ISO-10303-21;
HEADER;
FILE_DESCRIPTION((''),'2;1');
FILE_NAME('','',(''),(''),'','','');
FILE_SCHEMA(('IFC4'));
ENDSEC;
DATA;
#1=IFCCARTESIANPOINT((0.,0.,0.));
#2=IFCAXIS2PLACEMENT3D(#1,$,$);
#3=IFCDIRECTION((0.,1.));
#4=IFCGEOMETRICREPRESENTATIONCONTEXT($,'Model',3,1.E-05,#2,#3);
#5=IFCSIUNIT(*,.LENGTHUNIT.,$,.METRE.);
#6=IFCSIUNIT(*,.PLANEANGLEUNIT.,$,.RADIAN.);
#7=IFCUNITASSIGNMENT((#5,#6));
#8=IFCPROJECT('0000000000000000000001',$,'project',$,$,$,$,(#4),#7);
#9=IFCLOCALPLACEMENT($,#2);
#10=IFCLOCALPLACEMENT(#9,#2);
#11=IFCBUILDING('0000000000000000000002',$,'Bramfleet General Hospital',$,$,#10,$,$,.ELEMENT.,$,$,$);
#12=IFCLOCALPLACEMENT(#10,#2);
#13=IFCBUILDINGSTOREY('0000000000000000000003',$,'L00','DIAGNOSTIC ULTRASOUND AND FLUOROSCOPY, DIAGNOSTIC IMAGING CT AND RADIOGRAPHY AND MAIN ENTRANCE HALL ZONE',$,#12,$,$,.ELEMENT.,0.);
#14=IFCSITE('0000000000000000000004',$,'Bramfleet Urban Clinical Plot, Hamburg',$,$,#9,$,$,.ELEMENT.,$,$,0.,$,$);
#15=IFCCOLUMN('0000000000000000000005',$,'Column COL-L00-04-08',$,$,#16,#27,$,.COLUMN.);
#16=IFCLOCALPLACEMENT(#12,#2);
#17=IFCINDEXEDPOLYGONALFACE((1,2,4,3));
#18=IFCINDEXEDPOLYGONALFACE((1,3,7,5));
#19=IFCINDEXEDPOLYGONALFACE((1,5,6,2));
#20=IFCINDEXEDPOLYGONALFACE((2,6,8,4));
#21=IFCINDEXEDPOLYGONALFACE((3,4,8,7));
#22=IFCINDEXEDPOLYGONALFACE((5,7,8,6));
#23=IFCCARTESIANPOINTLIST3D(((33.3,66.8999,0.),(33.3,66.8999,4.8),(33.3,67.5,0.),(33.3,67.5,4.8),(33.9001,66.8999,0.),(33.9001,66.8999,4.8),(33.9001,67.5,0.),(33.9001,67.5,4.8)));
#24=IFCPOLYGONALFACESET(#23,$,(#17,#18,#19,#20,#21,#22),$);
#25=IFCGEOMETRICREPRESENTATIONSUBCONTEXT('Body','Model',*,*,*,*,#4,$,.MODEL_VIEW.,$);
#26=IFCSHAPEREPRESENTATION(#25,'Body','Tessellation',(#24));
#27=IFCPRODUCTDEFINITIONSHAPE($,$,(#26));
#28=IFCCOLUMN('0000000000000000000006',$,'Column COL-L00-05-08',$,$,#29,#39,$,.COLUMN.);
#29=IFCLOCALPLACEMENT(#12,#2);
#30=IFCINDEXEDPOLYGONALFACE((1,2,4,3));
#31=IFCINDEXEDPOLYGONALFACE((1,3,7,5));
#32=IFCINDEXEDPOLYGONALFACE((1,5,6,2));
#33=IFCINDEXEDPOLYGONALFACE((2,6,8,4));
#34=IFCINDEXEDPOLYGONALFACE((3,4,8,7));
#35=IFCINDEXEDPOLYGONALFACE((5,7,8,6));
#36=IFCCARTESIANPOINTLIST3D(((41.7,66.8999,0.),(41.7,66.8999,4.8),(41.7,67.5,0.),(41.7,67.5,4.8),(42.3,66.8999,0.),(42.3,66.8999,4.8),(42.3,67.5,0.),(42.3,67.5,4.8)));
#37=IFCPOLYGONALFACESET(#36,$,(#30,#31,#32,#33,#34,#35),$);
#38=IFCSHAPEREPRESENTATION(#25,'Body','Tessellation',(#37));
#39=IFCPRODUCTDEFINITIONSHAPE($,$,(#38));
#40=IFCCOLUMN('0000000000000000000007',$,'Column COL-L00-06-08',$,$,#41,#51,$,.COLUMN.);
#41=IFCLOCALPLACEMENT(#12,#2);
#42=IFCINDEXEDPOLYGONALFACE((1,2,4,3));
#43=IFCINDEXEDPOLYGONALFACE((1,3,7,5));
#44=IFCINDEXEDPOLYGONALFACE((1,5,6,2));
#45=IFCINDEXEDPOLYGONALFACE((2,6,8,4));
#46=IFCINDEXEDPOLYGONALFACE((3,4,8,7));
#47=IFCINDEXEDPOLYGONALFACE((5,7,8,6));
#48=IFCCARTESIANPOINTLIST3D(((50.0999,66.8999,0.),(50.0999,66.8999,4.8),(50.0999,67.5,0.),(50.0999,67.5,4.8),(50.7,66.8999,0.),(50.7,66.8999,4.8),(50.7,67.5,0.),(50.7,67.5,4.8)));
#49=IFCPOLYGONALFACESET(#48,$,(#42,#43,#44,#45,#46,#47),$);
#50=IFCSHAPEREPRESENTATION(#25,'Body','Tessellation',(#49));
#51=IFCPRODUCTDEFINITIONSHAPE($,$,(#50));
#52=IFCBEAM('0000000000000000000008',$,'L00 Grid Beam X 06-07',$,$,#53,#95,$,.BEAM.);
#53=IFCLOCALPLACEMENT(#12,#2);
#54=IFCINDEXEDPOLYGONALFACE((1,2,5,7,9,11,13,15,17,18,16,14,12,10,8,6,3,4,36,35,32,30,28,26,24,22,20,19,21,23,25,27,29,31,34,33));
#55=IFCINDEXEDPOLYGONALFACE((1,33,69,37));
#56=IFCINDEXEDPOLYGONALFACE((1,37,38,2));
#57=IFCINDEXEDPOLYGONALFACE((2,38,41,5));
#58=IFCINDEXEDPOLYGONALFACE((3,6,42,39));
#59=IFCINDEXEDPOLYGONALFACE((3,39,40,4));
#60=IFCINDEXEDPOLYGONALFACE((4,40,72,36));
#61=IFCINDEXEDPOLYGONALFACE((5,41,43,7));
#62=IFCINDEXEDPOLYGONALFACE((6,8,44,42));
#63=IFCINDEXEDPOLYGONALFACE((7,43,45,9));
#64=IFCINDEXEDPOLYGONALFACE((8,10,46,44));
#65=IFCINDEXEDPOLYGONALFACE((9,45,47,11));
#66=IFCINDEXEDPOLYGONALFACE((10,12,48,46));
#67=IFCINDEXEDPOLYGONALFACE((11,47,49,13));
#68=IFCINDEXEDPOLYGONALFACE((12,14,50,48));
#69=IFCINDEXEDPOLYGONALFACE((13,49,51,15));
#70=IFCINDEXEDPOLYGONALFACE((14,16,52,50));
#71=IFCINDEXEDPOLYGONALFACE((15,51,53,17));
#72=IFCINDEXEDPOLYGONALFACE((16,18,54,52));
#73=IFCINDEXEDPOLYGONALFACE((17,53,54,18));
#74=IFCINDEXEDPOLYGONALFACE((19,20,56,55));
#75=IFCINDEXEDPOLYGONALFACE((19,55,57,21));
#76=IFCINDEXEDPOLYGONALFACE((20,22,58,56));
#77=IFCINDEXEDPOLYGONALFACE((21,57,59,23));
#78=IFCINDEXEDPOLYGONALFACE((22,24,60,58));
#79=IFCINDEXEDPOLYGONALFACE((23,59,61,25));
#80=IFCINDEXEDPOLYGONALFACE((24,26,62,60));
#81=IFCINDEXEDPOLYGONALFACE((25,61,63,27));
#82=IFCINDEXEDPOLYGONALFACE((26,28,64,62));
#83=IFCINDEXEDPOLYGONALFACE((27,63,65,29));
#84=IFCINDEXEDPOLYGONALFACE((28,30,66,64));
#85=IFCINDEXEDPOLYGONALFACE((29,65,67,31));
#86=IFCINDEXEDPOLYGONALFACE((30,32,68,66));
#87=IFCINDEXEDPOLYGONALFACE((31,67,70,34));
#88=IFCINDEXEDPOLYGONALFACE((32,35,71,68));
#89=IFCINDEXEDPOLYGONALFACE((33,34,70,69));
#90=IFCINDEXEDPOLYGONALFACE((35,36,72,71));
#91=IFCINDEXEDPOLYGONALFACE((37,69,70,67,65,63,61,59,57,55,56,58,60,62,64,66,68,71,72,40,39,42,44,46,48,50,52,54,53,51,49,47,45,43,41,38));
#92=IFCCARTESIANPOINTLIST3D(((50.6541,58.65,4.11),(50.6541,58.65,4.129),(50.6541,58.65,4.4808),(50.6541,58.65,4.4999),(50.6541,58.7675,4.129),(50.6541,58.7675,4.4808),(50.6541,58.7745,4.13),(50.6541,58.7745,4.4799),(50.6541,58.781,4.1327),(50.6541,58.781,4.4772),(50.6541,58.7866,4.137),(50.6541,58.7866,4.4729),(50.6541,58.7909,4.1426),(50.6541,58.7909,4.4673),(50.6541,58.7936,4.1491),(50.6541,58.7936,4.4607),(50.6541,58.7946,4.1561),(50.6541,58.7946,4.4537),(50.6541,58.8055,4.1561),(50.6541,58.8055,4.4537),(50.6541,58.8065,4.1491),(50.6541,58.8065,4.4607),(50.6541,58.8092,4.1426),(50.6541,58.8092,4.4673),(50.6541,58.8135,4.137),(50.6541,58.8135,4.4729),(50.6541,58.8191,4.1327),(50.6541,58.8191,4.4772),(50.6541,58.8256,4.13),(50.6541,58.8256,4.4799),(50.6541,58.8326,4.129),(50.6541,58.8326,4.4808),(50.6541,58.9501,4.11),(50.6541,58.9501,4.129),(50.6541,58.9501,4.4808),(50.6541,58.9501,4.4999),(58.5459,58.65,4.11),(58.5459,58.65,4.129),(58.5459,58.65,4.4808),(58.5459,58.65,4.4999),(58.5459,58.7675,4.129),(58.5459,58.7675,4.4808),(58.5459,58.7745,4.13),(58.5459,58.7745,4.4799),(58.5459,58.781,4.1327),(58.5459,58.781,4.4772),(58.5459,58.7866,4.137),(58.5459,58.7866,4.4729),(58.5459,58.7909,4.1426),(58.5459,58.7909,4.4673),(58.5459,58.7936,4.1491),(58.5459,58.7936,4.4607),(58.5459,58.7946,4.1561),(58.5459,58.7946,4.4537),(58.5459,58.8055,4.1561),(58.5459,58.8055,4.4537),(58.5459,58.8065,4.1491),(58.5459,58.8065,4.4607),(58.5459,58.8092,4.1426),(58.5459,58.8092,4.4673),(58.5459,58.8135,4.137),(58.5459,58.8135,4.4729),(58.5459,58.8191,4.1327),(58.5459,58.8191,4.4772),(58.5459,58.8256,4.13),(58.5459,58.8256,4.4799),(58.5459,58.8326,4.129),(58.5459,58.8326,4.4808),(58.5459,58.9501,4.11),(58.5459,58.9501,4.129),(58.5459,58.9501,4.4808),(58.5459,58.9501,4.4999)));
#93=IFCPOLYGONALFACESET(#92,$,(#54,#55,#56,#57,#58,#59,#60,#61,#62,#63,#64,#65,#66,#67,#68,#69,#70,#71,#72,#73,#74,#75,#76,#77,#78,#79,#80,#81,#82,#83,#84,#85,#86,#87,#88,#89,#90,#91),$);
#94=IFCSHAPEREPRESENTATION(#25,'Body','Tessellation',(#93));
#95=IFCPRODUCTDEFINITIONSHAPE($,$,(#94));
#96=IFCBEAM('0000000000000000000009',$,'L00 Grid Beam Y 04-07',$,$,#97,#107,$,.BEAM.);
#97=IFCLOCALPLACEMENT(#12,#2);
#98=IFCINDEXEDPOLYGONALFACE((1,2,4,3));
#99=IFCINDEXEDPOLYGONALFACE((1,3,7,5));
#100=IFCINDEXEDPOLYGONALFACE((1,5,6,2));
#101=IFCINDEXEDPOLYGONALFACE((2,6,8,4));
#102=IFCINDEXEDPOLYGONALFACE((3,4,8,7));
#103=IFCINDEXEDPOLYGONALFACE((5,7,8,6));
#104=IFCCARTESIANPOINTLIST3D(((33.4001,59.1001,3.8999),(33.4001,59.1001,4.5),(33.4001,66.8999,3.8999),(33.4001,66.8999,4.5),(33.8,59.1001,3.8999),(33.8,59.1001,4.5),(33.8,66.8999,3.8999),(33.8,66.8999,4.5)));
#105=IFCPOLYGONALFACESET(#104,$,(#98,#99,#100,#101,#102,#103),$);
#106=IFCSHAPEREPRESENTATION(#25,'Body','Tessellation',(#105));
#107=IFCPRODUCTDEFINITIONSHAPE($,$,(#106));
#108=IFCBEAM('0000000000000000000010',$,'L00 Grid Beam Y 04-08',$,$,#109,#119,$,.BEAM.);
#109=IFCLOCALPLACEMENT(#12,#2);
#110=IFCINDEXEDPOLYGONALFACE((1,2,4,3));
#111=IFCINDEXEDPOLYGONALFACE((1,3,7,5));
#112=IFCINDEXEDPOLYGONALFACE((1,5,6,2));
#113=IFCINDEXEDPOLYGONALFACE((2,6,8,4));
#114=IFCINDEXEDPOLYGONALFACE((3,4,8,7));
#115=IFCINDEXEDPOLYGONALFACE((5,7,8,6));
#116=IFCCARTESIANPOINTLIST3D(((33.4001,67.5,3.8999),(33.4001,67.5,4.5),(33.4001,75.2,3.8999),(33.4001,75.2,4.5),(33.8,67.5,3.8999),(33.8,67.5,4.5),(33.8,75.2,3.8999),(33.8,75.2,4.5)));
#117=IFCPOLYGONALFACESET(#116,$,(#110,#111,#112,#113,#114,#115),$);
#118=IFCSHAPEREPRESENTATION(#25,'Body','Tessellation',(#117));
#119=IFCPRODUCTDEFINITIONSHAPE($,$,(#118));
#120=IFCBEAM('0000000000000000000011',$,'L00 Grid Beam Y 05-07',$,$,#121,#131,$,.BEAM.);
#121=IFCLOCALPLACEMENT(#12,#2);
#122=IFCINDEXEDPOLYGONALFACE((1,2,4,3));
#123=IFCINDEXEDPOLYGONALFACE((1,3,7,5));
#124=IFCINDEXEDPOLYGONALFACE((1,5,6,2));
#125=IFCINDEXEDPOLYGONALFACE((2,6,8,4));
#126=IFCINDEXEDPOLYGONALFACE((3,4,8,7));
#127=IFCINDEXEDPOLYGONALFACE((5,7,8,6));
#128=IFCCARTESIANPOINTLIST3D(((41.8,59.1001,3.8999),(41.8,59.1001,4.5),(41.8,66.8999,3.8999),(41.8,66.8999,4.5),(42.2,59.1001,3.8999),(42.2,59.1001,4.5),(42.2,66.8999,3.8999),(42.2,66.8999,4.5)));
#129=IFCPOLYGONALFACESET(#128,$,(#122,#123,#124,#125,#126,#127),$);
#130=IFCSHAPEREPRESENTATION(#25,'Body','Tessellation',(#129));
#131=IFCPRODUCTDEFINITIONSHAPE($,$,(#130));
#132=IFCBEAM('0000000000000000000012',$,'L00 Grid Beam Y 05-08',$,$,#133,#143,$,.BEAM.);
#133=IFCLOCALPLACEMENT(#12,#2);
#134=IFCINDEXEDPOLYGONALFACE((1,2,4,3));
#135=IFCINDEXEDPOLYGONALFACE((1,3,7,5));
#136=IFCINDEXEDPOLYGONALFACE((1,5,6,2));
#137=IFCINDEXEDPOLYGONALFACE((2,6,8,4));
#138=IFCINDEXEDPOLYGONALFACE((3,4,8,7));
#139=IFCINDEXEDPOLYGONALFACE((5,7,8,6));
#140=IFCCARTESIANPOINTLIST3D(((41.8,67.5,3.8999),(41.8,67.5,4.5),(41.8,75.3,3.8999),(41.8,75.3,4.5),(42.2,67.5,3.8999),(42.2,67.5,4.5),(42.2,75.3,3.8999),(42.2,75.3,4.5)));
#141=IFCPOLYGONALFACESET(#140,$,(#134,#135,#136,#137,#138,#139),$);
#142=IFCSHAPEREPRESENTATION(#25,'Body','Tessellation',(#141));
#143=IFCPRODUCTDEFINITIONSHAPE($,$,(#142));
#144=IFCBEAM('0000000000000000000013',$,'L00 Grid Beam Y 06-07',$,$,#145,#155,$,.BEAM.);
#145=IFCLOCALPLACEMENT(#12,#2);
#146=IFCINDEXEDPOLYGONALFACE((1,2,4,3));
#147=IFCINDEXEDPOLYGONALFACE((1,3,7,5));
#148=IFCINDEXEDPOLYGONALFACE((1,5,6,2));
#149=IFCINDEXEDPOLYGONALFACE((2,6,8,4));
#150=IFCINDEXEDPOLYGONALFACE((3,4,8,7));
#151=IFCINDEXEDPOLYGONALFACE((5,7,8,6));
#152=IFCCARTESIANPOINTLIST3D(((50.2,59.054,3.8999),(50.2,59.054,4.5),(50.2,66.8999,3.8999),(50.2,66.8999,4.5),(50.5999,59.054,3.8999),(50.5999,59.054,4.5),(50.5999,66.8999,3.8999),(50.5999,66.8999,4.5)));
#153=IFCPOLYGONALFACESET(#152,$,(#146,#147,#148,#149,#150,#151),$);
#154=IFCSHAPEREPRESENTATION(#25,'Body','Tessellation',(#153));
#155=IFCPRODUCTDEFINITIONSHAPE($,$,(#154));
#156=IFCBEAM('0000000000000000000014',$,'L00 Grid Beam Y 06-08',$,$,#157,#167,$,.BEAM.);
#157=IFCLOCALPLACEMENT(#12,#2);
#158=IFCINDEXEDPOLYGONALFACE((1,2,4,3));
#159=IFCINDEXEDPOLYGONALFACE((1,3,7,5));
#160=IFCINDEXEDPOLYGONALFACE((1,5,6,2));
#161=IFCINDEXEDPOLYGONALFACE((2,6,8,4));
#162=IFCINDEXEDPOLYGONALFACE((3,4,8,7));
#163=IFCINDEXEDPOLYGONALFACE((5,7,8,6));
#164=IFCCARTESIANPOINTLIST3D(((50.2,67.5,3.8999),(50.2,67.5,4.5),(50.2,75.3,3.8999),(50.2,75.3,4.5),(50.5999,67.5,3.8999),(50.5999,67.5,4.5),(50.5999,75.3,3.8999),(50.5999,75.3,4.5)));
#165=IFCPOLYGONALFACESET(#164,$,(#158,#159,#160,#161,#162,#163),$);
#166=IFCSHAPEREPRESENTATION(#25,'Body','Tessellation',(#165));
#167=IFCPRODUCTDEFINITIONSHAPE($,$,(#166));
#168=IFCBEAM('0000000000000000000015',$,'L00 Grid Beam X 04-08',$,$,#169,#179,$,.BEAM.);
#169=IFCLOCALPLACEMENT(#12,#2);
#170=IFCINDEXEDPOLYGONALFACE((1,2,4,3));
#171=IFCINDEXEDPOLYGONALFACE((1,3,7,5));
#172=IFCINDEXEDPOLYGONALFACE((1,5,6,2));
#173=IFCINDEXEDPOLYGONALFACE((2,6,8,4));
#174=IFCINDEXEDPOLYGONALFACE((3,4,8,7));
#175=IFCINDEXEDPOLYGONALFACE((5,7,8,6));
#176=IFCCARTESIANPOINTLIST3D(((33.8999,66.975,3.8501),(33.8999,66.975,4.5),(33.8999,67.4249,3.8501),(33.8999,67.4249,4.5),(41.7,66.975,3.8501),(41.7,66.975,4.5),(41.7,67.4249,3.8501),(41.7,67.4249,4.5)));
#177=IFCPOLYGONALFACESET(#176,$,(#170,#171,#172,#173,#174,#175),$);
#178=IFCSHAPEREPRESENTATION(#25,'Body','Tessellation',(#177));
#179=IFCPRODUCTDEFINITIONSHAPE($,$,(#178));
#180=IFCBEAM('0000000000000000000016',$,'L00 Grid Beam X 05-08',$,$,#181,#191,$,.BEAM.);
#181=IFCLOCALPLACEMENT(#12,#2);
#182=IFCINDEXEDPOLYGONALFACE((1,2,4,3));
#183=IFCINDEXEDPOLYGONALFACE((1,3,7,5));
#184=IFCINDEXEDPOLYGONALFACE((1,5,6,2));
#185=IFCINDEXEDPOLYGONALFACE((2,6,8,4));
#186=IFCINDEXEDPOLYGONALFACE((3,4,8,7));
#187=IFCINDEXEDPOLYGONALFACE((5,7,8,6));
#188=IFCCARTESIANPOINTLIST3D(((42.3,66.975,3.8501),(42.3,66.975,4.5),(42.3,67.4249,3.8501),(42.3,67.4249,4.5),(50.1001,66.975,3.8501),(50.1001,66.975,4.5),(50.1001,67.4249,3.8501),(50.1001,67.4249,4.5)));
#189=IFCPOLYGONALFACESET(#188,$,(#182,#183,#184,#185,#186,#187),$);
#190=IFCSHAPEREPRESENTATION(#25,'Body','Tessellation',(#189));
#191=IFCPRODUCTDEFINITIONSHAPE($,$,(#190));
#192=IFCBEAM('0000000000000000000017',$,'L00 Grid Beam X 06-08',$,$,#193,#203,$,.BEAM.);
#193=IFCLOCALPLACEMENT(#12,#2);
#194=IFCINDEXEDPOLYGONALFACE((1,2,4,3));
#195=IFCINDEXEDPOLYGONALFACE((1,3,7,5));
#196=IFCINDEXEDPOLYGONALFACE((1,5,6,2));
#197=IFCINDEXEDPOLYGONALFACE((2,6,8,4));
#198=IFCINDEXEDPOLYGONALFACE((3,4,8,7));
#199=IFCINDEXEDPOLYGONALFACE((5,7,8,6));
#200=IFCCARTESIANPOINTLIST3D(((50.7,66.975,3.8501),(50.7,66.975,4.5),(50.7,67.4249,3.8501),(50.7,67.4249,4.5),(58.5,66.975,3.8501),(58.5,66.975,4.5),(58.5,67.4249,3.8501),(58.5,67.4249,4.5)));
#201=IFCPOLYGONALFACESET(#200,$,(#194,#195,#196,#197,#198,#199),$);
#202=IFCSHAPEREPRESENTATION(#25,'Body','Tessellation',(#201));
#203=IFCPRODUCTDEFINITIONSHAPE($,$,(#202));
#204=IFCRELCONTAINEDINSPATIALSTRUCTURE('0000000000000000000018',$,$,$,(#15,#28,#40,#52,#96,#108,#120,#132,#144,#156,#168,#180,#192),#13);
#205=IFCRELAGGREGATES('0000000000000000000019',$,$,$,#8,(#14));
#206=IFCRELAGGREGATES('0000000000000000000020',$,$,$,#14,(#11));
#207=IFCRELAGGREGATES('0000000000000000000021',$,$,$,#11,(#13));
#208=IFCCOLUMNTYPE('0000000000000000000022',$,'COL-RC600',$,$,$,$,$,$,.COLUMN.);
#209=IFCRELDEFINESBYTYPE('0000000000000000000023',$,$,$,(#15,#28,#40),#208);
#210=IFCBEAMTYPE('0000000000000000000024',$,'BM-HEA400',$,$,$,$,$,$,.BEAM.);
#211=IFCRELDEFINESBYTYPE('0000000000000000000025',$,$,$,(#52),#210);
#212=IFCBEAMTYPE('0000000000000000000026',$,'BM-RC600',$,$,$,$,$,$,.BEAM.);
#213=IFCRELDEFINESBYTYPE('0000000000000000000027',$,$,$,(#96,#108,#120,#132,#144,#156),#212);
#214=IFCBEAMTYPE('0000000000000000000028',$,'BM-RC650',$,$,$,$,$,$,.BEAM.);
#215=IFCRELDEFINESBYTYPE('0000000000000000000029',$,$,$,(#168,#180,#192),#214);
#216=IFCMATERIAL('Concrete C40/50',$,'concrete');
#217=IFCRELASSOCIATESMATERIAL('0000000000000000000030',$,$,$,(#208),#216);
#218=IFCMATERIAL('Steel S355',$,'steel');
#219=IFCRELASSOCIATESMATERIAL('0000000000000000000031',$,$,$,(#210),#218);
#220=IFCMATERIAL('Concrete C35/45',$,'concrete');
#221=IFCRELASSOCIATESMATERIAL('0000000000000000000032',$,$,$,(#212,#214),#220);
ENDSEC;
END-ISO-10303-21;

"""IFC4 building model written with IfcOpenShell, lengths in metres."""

from ifc_helpers import new_model, si_unit, direction, frame, origin, origin_2d, place, context, subcontext, project, spatial, rectangle, i_section, extrude, material, material_profile, profile_set, type_object, element, save


model = new_model("IFC4")

# Units and contexts
model_context = context("Model", 3, precision=1e-05, world=origin(), true_north=direction((0.0, 1.0)))
body_context = subcontext(model_context, "Body", "Model", "MODEL_VIEW")
ifc_project = project(units=[si_unit("LENGTHUNIT", "METRE"), si_unit("PLANEANGLEUNIT", "RADIAN")], contexts=[model_context])

# Site, building, storey
site_placement = place(None, origin())
site = spatial("IfcSite", under=ifc_project, at=site_placement, Name="Bramfleet Urban Clinical Plot, Hamburg", CompositionType="ELEMENT", RefElevation=0.0)
building_placement = place(site_placement, origin())
building = spatial("IfcBuilding", under=site, at=building_placement, Name="Bramfleet General Hospital", CompositionType="ELEMENT")
storey_placement = place(building_placement, origin())
storey = spatial("IfcBuildingStorey", under=building, at=storey_placement, Name="L00", Description="DIAGNOSTIC ULTRASOUND AND FLUOROSCOPY, DIAGNOSTIC IMAGING CT AND RADIOGRAPHY AND MAIN ENTRANCE HALL ZONE", CompositionType="ELEMENT", Elevation=0.0)

# Columns
ifc_material_1 = material(Name="Concrete C40/50", Category="concrete")
ifc_material_profile_1 = material_profile(ifc_material_1, rectangle(XDim=0.6001, YDim=0.6001, at=origin_2d()), Name="RC COL 600x600")
ifc_profile_set_1 = profile_set([ifc_material_profile_1], Name="Concrete C40/50")
column_type = type_object("IfcColumnType", Name="COL-RC600", PredefinedType="COLUMN", material=ifc_profile_set_1)
for number, where, z_axis, x_axis, name in (
    (1, (33.6001, 67.2, 0.0), (0.0, 0.0, 1.0), (1.0, 0.0, 0.0), "Column COL-L00-04-08"),
    (2, (42.0, 67.2, 0.0), (0.0, 0.0, 1.0), (1.0, 0.0, 0.0), "Column COL-L00-05-08"),
    (3, (50.3999, 67.2, 0.0), (0.0, 0.0, 1.0), (1.0, 0.0, 0.0), "Column COL-L00-06-08"),
):
    element("IfcColumn", number, at=place(storey_placement, frame(where, z_axis=z_axis, x_axis=x_axis)), inside=storey, type_object=column_type, Name=name, PredefinedType="COLUMN", context=body_context, shape_type="SweptSolid", body=[
        extrude(rectangle(XDim=0.6001, YDim=0.6001, at=origin_2d()), origin(), (0.0, 0.0, 1.0), 4.8),
    ])

# Beams
ifc_material_2 = material(Name="Steel S355", Category="steel")
ifc_material_profile_2 = material_profile(ifc_material_2, i_section(OverallWidth=0.3, OverallDepth=0.3899, WebThickness=0.011, FlangeThickness=0.019, FilletRadius=0.0271, at=origin_2d()), Name="HEA 400")
ifc_profile_set_2 = profile_set([ifc_material_profile_2], Name="Steel S355")
beam_type_1 = type_object("IfcBeamType", Name="BM-HEA400", PredefinedType="BEAM", material=ifc_profile_set_2)
beam_1_placement = place(storey_placement, frame((50.6541, 58.8, 4.3049), z_axis=(1.0, 0.0, 0.0), x_axis=(0.0, 1.0, 0.0)))
element("IfcBeam", 4, at=beam_1_placement, inside=storey, type_object=beam_type_1, Name="L00 Grid Beam X 06-07", PredefinedType="BEAM", context=body_context, shape_type="SweptSolid", body=[
    extrude(i_section(OverallWidth=0.3, OverallDepth=0.3899, WebThickness=0.011, FlangeThickness=0.019, FilletRadius=0.0271, at=origin_2d()), origin(), (0.0, 0.0, 1.0), 7.8918),
])
ifc_material_3 = material(Name="Concrete C35/45", Category="concrete")
ifc_material_profile_3 = material_profile(ifc_material_3, rectangle(XDim=0.3999, YDim=0.6001, at=origin_2d()), Name="RC BM 600x400")
ifc_profile_set_3 = profile_set([ifc_material_profile_3], Name="Concrete C35/45")
beam_type_2 = type_object("IfcBeamType", Name="BM-RC600", PredefinedType="BEAM", material=ifc_profile_set_3)
beam_2_placement = place(storey_placement, frame((33.6001, 59.1001, 4.2), z_axis=(0.0, 1.0, 0.0), x_axis=(-1.0, 0.0, 0.0)))
element("IfcBeam", 5, at=beam_2_placement, inside=storey, type_object=beam_type_2, Name="L00 Grid Beam Y 04-07", PredefinedType="BEAM", context=body_context, shape_type="SweptSolid", body=[
    extrude(rectangle(XDim=0.3999, YDim=0.6001, at=origin_2d()), origin(), (0.0, 0.0, 1.0), 7.7998),
])
beam_3_placement = place(storey_placement, frame((33.6001, 67.5, 4.2), z_axis=(0.0, 1.0, 0.0), x_axis=(-1.0, 0.0, 0.0)))
element("IfcBeam", 6, at=beam_3_placement, inside=storey, type_object=beam_type_2, Name="L00 Grid Beam Y 04-08", PredefinedType="BEAM", context=body_context, shape_type="SweptSolid", body=[
    extrude(rectangle(XDim=0.3999, YDim=0.6001, at=origin_2d()), origin(), (0.0, 0.0, 1.0), 7.7),
])
beam_4_placement = place(storey_placement, frame((42.0, 59.1001, 4.2), z_axis=(0.0, 1.0, 0.0), x_axis=(-1.0, 0.0, 0.0)))
element("IfcBeam", 7, at=beam_4_placement, inside=storey, type_object=beam_type_2, Name="L00 Grid Beam Y 05-07", PredefinedType="BEAM", context=body_context, shape_type="SweptSolid", body=[
    extrude(rectangle(XDim=0.3999, YDim=0.6001, at=origin_2d()), origin(), (0.0, 0.0, 1.0), 7.7998),
])
beam_5_placement = place(storey_placement, frame((42.0, 67.5, 4.2), z_axis=(0.0, 1.0, 0.0), x_axis=(-1.0, 0.0, 0.0)))
element("IfcBeam", 8, at=beam_5_placement, inside=storey, type_object=beam_type_2, Name="L00 Grid Beam Y 05-08", PredefinedType="BEAM", context=body_context, shape_type="SweptSolid", body=[
    extrude(rectangle(XDim=0.3999, YDim=0.6001, at=origin_2d()), origin(), (0.0, 0.0, 1.0), 7.8),
])
beam_6_placement = place(storey_placement, frame((50.3999, 59.054, 4.2), z_axis=(0.0, 1.0, 0.0), x_axis=(-1.0, 0.0, 0.0)))
element("IfcBeam", 9, at=beam_6_placement, inside=storey, type_object=beam_type_2, Name="L00 Grid Beam Y 06-07", PredefinedType="BEAM", context=body_context, shape_type="SweptSolid", body=[
    extrude(rectangle(XDim=0.3999, YDim=0.6001, at=origin_2d()), origin(), (0.0, 0.0, 1.0), 7.8459),
])
beam_7_placement = place(storey_placement, frame((50.3999, 67.5, 4.2), z_axis=(0.0, 1.0, 0.0), x_axis=(-1.0, 0.0, 0.0)))
element("IfcBeam", 10, at=beam_7_placement, inside=storey, type_object=beam_type_2, Name="L00 Grid Beam Y 06-08", PredefinedType="BEAM", context=body_context, shape_type="SweptSolid", body=[
    extrude(rectangle(XDim=0.3999, YDim=0.6001, at=origin_2d()), origin(), (0.0, 0.0, 1.0), 7.8),
])
ifc_material_profile_4 = material_profile(ifc_material_3, rectangle(XDim=0.45, YDim=0.6499, at=origin_2d()), Name="RC BM 650x450")
ifc_profile_set_4 = profile_set([ifc_material_profile_4], Name="Concrete C35/45")
beam_type_3 = type_object("IfcBeamType", Name="BM-RC650", PredefinedType="BEAM", material=ifc_profile_set_4)
for number, where, z_axis, x_axis, name in (
    (11, (33.8999, 67.2, 4.175), (1.0, 0.0, 0.0), (0.0, 1.0, 0.0), "L00 Grid Beam X 04-08"),
    (12, (42.3, 67.2, 4.175), (1.0, 0.0, 0.0), (0.0, 1.0, 0.0), "L00 Grid Beam X 05-08"),
    (13, (50.7, 67.2, 4.175), (1.0, 0.0, 0.0), (0.0, 1.0, 0.0), "L00 Grid Beam X 06-08"),
):
    element("IfcBeam", number, at=place(storey_placement, frame(where, z_axis=z_axis, x_axis=x_axis)), inside=storey, type_object=beam_type_3, Name=name, PredefinedType="BEAM", context=body_context, shape_type="SweptSolid", body=[
        extrude(rectangle(XDim=0.45, YDim=0.6499, at=origin_2d()), origin(), (0.0, 0.0, 1.0), 7.8),
    ])

save(model, "model.ifc")
